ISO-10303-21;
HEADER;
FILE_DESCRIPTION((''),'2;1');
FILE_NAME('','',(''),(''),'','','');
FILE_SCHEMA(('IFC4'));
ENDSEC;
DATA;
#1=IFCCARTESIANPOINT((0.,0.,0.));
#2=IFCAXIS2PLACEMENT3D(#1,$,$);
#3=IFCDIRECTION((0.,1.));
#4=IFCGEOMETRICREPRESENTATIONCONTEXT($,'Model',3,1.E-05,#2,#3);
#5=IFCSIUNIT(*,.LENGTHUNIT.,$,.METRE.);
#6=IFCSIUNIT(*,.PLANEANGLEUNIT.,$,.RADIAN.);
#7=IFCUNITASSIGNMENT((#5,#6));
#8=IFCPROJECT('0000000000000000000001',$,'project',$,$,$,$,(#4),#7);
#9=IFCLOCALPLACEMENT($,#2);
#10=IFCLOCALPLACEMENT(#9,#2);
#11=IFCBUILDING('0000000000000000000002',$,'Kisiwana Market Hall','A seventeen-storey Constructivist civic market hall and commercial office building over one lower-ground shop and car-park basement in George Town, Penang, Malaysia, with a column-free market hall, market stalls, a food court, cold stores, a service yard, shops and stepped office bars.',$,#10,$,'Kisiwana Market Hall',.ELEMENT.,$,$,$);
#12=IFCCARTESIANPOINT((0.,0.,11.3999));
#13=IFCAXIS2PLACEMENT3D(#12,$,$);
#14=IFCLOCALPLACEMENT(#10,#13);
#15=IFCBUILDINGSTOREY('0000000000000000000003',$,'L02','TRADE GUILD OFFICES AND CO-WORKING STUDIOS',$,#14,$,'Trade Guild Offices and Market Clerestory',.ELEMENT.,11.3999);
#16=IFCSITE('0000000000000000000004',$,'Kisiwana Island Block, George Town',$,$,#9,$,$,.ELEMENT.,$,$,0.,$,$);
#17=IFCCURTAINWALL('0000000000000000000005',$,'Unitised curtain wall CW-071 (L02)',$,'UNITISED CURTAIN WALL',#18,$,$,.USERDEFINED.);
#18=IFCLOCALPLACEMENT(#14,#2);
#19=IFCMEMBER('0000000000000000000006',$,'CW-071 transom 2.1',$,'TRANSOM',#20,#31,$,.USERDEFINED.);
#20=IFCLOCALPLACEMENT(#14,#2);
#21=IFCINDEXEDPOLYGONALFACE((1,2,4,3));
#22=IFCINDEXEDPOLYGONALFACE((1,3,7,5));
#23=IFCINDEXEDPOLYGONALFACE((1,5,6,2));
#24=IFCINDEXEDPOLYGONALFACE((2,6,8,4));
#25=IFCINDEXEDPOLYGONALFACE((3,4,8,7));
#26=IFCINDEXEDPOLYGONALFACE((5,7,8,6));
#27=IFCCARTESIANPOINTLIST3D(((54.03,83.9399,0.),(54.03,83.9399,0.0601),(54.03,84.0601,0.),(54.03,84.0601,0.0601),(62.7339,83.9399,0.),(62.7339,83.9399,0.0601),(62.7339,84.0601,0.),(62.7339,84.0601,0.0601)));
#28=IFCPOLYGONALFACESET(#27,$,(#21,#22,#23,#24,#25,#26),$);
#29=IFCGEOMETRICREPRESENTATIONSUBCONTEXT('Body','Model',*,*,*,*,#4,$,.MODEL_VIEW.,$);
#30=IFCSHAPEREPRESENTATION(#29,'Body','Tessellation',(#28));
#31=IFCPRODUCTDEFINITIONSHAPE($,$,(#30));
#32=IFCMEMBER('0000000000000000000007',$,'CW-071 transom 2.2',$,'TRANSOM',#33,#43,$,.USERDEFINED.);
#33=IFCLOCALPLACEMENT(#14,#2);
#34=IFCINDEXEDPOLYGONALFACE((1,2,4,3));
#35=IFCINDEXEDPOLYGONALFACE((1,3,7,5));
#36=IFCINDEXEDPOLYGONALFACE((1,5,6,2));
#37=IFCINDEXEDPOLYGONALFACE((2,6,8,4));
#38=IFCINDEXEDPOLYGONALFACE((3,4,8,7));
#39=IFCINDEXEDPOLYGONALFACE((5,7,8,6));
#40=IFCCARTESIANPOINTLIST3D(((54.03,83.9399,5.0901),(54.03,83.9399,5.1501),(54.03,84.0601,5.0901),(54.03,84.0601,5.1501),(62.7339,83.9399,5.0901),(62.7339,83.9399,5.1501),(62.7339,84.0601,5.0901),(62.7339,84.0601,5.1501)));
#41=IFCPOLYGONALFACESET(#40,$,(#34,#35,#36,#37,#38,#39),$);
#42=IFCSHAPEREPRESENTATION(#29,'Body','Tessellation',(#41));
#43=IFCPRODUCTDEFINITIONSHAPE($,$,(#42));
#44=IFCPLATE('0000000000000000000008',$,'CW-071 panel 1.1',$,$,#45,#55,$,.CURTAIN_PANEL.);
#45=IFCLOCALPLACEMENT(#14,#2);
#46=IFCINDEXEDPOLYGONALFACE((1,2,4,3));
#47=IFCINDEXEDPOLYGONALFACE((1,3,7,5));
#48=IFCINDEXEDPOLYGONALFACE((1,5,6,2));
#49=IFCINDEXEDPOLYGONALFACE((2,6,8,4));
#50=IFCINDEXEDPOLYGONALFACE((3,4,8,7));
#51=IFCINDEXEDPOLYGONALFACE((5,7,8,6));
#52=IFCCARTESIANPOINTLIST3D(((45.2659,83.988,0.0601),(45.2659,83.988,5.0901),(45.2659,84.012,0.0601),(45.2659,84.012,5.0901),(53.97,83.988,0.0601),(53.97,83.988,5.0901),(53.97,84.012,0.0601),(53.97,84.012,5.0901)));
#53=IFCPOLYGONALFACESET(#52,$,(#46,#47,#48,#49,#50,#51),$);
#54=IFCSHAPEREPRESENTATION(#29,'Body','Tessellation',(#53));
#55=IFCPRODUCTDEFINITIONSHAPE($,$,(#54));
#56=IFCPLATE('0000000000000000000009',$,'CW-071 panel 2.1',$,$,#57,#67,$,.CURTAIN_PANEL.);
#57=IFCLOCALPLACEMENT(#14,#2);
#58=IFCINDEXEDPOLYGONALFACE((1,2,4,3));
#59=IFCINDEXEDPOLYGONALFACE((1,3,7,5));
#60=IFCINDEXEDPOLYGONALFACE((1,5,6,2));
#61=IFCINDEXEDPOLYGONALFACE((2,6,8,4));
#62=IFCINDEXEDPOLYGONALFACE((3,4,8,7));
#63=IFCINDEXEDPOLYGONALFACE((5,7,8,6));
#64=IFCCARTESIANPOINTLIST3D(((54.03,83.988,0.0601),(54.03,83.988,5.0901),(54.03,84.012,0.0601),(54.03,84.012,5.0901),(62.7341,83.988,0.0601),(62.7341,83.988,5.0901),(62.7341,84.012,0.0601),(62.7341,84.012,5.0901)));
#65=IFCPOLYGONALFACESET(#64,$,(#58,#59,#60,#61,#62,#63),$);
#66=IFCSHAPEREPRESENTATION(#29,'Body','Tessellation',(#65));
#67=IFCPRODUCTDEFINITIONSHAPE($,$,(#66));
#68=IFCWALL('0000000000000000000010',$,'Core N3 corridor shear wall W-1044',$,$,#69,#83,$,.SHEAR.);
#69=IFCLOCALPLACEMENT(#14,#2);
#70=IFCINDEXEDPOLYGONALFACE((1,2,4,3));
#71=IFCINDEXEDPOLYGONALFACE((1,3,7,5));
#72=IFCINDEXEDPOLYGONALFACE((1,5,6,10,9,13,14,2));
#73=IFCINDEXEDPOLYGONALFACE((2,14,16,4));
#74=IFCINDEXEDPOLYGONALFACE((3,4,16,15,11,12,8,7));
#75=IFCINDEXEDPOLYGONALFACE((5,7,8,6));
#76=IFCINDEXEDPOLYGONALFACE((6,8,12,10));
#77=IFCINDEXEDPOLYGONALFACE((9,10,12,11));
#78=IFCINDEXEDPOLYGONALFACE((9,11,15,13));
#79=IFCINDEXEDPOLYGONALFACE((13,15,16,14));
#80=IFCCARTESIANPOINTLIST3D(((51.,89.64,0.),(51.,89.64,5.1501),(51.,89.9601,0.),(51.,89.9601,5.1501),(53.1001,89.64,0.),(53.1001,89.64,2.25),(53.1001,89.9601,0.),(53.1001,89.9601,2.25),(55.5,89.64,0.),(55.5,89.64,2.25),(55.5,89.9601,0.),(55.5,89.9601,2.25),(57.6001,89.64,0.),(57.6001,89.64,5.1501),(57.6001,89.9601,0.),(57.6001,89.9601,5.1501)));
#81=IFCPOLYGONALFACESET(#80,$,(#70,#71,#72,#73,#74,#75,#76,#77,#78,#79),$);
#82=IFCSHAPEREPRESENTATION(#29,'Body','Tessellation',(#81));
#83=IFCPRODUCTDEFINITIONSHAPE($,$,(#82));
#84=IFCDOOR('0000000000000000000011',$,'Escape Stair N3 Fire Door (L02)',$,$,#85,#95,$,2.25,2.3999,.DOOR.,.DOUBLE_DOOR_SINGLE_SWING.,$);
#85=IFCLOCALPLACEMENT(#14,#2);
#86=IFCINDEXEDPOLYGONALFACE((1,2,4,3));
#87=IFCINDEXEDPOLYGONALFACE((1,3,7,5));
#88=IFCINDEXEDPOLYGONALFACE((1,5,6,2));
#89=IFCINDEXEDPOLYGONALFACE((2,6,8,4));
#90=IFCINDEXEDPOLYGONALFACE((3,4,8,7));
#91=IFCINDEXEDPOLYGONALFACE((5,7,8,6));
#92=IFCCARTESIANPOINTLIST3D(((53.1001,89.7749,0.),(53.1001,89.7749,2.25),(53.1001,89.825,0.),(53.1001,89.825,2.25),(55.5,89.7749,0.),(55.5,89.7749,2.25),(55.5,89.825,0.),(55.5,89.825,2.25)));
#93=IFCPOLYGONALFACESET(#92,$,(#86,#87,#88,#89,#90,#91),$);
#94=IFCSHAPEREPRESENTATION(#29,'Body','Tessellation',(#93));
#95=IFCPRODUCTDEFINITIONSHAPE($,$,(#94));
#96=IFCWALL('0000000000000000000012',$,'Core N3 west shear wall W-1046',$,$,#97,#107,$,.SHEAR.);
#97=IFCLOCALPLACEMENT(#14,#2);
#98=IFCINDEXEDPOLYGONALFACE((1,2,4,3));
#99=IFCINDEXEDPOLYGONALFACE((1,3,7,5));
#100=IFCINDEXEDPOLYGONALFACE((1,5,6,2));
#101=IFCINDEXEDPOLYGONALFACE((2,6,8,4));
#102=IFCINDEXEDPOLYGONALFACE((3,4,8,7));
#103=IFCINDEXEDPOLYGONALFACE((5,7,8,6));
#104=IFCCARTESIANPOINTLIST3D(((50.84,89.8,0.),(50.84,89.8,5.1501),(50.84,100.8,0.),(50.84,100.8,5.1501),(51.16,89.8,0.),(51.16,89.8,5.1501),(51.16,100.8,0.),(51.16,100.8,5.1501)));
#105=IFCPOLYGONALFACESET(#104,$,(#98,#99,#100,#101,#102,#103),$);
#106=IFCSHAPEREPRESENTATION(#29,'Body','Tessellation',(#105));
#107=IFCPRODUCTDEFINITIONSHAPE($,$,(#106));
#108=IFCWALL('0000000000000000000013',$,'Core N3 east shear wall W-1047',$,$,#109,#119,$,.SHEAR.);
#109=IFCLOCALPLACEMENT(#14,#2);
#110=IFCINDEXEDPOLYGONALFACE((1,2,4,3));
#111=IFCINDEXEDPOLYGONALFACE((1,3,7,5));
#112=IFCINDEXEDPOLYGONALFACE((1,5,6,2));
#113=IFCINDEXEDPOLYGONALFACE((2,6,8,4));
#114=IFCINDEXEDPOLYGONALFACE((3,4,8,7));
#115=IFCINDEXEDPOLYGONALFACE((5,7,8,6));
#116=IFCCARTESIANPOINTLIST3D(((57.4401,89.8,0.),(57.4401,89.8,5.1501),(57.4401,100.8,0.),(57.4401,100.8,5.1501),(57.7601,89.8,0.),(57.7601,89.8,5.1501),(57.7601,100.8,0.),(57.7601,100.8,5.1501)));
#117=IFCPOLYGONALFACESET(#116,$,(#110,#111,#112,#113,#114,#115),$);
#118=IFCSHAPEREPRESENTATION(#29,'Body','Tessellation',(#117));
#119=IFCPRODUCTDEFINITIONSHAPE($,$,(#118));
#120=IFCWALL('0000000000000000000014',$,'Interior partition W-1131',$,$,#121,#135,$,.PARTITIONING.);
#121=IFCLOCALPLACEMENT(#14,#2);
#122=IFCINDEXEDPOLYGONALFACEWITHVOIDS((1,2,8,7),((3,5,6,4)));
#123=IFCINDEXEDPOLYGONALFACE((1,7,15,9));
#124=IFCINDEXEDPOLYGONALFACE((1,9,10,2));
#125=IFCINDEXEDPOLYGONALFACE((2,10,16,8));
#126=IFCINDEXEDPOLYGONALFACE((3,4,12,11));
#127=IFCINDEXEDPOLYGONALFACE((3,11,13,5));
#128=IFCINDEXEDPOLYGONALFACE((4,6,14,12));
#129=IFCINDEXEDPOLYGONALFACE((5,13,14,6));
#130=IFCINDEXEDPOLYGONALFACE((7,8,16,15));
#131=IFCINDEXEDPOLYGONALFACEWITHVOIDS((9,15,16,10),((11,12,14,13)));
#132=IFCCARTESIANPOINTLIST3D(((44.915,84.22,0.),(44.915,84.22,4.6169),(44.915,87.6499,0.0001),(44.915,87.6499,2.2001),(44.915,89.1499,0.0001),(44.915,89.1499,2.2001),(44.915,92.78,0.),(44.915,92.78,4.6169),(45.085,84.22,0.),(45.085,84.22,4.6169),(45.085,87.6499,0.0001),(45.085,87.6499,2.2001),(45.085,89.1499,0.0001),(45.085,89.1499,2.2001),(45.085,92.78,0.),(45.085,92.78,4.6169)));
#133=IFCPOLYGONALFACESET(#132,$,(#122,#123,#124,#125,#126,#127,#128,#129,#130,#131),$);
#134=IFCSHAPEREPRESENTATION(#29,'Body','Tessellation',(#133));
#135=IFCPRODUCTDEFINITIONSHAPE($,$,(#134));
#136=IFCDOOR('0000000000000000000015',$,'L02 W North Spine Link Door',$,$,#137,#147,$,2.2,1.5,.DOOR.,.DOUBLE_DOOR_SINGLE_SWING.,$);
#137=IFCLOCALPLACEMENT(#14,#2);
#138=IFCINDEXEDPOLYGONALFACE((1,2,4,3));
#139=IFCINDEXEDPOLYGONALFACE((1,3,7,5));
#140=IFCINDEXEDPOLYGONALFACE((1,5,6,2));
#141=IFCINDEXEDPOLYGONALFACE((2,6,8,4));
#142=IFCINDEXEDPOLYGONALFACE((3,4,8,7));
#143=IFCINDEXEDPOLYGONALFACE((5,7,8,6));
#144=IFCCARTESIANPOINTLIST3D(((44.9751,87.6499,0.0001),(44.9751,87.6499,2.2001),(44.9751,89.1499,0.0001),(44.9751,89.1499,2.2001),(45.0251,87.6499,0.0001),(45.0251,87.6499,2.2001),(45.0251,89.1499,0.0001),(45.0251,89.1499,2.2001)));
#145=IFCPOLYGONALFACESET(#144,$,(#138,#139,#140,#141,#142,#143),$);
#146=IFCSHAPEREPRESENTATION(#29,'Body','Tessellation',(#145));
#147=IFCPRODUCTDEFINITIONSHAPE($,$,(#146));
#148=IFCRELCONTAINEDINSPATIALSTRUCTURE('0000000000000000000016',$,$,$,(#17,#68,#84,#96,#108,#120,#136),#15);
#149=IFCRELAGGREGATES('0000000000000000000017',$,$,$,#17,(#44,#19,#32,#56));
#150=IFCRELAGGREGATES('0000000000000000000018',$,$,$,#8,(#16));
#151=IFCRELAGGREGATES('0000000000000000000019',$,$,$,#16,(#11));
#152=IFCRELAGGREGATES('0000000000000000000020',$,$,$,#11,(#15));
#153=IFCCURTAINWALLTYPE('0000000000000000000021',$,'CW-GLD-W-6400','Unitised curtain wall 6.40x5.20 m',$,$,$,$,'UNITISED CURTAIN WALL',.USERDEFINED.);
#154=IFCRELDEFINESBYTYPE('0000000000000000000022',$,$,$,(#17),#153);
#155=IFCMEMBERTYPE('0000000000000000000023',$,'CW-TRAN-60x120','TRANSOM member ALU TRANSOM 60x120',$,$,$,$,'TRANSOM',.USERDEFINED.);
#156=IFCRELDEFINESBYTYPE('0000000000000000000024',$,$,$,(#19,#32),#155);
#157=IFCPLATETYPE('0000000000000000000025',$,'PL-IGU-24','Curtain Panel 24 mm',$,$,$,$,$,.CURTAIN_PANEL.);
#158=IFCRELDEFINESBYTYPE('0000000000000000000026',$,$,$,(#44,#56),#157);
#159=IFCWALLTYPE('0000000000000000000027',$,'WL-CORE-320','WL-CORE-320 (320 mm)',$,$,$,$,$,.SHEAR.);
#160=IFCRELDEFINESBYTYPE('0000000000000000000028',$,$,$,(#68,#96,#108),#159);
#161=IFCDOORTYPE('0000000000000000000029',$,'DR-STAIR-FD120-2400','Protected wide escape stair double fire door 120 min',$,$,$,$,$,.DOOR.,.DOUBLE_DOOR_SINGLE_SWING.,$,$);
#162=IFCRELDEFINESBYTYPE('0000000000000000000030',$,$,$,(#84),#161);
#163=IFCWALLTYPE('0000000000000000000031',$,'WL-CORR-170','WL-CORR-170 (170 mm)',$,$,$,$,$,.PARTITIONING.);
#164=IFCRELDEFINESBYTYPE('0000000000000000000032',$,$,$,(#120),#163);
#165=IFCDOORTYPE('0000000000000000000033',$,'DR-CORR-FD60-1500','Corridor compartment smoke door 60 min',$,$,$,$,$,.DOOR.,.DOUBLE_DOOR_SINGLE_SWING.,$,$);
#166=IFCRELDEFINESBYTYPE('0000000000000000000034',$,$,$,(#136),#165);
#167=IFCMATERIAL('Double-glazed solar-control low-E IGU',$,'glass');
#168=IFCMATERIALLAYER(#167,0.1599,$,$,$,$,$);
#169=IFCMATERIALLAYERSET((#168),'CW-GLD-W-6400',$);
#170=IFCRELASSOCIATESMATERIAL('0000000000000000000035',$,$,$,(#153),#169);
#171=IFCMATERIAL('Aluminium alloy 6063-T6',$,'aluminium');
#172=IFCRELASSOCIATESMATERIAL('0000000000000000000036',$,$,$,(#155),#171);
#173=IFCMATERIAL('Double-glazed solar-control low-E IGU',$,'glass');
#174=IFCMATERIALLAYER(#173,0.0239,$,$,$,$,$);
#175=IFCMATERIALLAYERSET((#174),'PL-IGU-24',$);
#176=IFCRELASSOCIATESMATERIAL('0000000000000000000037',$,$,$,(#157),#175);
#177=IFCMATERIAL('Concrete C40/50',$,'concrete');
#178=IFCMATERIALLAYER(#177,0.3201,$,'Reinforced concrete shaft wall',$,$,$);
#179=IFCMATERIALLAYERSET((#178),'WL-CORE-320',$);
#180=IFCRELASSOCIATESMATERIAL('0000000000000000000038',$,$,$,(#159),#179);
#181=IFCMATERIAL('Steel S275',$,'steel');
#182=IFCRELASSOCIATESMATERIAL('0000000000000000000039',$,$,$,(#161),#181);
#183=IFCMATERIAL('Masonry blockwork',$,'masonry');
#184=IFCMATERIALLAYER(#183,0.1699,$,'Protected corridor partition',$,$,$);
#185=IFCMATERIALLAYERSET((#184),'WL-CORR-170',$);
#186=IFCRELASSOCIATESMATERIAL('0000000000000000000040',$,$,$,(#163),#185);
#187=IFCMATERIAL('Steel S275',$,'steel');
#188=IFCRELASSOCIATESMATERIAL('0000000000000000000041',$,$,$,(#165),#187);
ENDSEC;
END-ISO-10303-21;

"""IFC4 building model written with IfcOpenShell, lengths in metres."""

from ifc_helpers import new_model, si_unit, direction, frame, frame_2d, origin, origin_2d, place, context, subcontext, project, spatial, rectangle, extrude, material, layer, layer_set, material_profile, profile_set, type_object, element, fill, aggregate, save


model = new_model("IFC4")

# Units and contexts
model_context = context("Model", 3, precision=1e-05, world=origin(), true_north=direction((0.0, 1.0)))
body_context = subcontext(model_context, "Body", "Model", "MODEL_VIEW")
ifc_project = project(units=[si_unit("LENGTHUNIT", "METRE"), si_unit("PLANEANGLEUNIT", "RADIAN")], contexts=[model_context])

# Site, building, storey
site_placement = place(None, origin())
site = spatial("IfcSite", under=ifc_project, at=site_placement, Name="Kisiwana Island Block, George Town", CompositionType="ELEMENT", RefElevation=0.0)
building_placement = place(site_placement, origin())
building = spatial("IfcBuilding", under=site, at=building_placement, Name="Kisiwana Market Hall", Description="A seventeen-storey Constructivist civic market hall and commercial office building over one lower-ground shop and car-park basement in George Town, Penang, Malaysia, with a column-free market hall, market stalls, a food court, cold stores, a service yard, shops and stepped office bars.", LongName="Kisiwana Market Hall", CompositionType="ELEMENT")
storey_placement = place(building_placement, frame((0.0, 0.0, 11.3999)))
storey = spatial("IfcBuildingStorey", under=building, at=storey_placement, Name="L02", Description="TRADE GUILD OFFICES AND CO-WORKING STUDIOS", LongName="Trade Guild Offices and Market Clerestory", CompositionType="ELEMENT", Elevation=11.3999)

# Curtain wall, members, plates
ifc_material_1 = material(Name="Double-glazed solar-control low-E IGU", Category="glass")
ifc_layer_1 = layer(ifc_material_1, 0.1599)
ifc_layer_set_1 = layer_set([ifc_layer_1], Name="CW-GLD-W-6400")
curtain_wall_type = type_object("IfcCurtainWallType", Name="CW-GLD-W-6400", Description="Unitised curtain wall 6.40x5.20 m", ElementType="UNITISED CURTAIN WALL", PredefinedType="USERDEFINED", material=ifc_layer_set_1)
curtain_wall_placement = place(storey_placement, origin())
curtain_wall = element("IfcCurtainWall", 1, at=curtain_wall_placement, inside=storey, type_object=curtain_wall_type, Name="Unitised curtain wall CW-071 (L02)", ObjectType="UNITISED CURTAIN WALL", PredefinedType="USERDEFINED")
ifc_material_2 = material(Name="Aluminium alloy 6063-T6", Category="aluminium")
ifc_material_profile_1 = material_profile(ifc_material_2, rectangle(XDim=0.1201, YDim=0.0601, at=origin_2d()), Name="ALU TRANSOM 60x120")
ifc_profile_set_1 = profile_set([ifc_material_profile_1], Name="Aluminium alloy 6063-T6")
member_type_1 = type_object("IfcMemberType", Name="CW-TRAN-60x120", Description="TRANSOM member ALU TRANSOM 60x120", ElementType="TRANSOM", PredefinedType="USERDEFINED", material=ifc_profile_set_1)
member_1_placement = place(storey_placement, frame((54.03, 84.0, 0.03), z_axis=(1.0, 0.0, 0.0), x_axis=(0.0, 1.0, 0.0)))
member_1 = element("IfcMember", 2, at=member_1_placement, type_object=member_type_1, Name="CW-071 transom 2.1", ObjectType="TRANSOM", PredefinedType="USERDEFINED", context=body_context, shape_type="SweptSolid", body=[
    extrude(rectangle(XDim=0.1201, YDim=0.0601, at=origin_2d()), origin(), (0.0, 0.0, 1.0), 8.7039),
])
member_2_placement = place(storey_placement, frame((54.03, 84.0, 5.1201), z_axis=(1.0, 0.0, 0.0), x_axis=(0.0, 1.0, 0.0)))
member_2 = element("IfcMember", 3, at=member_2_placement, type_object=member_type_1, Name="CW-071 transom 2.2", ObjectType="TRANSOM", PredefinedType="USERDEFINED", context=body_context, shape_type="SweptSolid", body=[
    extrude(rectangle(XDim=0.1201, YDim=0.0601, at=origin_2d()), origin(), (0.0, 0.0, 1.0), 8.7039),
])
ifc_material_3 = material(Name="Double-glazed solar-control low-E IGU", Category="glass")
ifc_layer_2 = layer(ifc_material_3, 0.0239)
ifc_layer_set_2 = layer_set([ifc_layer_2], Name="PL-IGU-24")
plate_type = type_object("IfcPlateType", Name="PL-IGU-24", Description="Curtain Panel 24 mm", PredefinedType="CURTAIN_PANEL", material=ifc_layer_set_2)
plate_1_placement = place(storey_placement, frame((49.6179, 84.0, 0.0601), z_axis=(0.0, 0.0, 1.0), x_axis=(1.0, 0.0, 0.0)))
plate_1 = element("IfcPlate", 4, at=plate_1_placement, type_object=plate_type, Name="CW-071 panel 1.1", PredefinedType="CURTAIN_PANEL", context=body_context, shape_type="SweptSolid", body=[
    extrude(rectangle(XDim=8.7041, YDim=0.0239, at=origin_2d()), origin(), (0.0, 0.0, 1.0), 5.03),
])
plate_2_placement = place(storey_placement, frame((58.3821, 84.0, 0.0601), z_axis=(0.0, 0.0, 1.0), x_axis=(1.0, 0.0, 0.0)))
plate_2 = element("IfcPlate", 5, at=plate_2_placement, type_object=plate_type, Name="CW-071 panel 2.1", PredefinedType="CURTAIN_PANEL", context=body_context, shape_type="SweptSolid", body=[
    extrude(rectangle(XDim=8.7041, YDim=0.0239, at=origin_2d()), origin(), (0.0, 0.0, 1.0), 5.03),
])
aggregate(curtain_wall, [plate_1, member_1, member_2, plate_2])

# Wall, opening, door
ifc_material_4 = material(Name="Concrete C40/50", Category="concrete")
ifc_layer_3 = layer(ifc_material_4, 0.3201, Name="Reinforced concrete shaft wall")
ifc_layer_set_3 = layer_set([ifc_layer_3], Name="WL-CORE-320")
wall_type_1 = type_object("IfcWallType", Name="WL-CORE-320", Description="WL-CORE-320 (320 mm)", PredefinedType="SHEAR", material=ifc_layer_set_3)
wall_1_placement = place(storey_placement, frame((51.0, 89.8, 0.0), z_axis=(0.0, 0.0, 1.0), x_axis=(1.0, 0.0, 0.0)))
wall_1 = element("IfcWall", 6, at=wall_1_placement, inside=storey, type_object=wall_type_1, Name="Core N3 corridor shear wall W-1044", PredefinedType="SHEAR", context=body_context, shape_type="SweptSolid", body=[
    extrude(rectangle(XDim=6.6001, YDim=0.3201, at=frame_2d((3.3, 0.0))), origin(), (0.0, 0.0, 1.0), 5.1501),
])
opening_1_placement = place(wall_1_placement, frame((2.1001, 0.0, 0.0)))
opening_1 = element("IfcOpeningElement", 7, at=opening_1_placement, cuts=wall_1, PredefinedType="OPENING", context=body_context, shape_type="SweptSolid", body=[
    extrude(rectangle(XDim=2.3999, YDim=2.25, at=frame_2d((1.2, 1.125))), frame((0.0, 0.1719, 0.0), z_axis=(0.0, -1.0, 0.0), x_axis=(1.0, 0.0, 0.0)), (0.0, 0.0, 1.0), 0.344),
])
ifc_material_5 = material(Name="Steel S275", Category="steel")
door_type_1 = type_object("IfcDoorType", Name="DR-STAIR-FD120-2400", Description="Protected wide escape stair double fire door 120 min", OperationType="DOUBLE_DOOR_SINGLE_SWING", PredefinedType="DOOR", material=ifc_material_5)
door_1_placement = place(opening_1_placement, origin())
door_1 = element("IfcDoor", 8, at=door_1_placement, inside=storey, type_object=door_type_1, Name="Escape Stair N3 Fire Door (L02)", OperationType="DOUBLE_DOOR_SINGLE_SWING", OverallHeight=2.25, OverallWidth=2.3999, PredefinedType="DOOR", context=body_context, shape_type="SweptSolid", body=[
    extrude(rectangle(XDim=2.3999, YDim=2.25, at=frame_2d((1.2, 1.125))), frame((0.0, 0.0249, 0.0), z_axis=(0.0, -1.0, 0.0), x_axis=(1.0, 0.0, 0.0)), (0.0, 0.0, 1.0), 0.05),
])
fill(opening_1, door_1)

# Walls
for number, where, z_axis, x_axis, name in (
    (9, (51.0, 89.8, 0.0), (0.0, 0.0, 1.0), (0.0, 1.0, 0.0), "Core N3 west shear wall W-1046"),
    (10, (57.6001, 89.8, 0.0), (0.0, 0.0, 1.0), (0.0, 1.0, 0.0), "Core N3 east shear wall W-1047"),
):
    element("IfcWall", number, at=place(storey_placement, frame(where, z_axis=z_axis, x_axis=x_axis)), inside=storey, type_object=wall_type_1, Name=name, PredefinedType="SHEAR", context=body_context, shape_type="SweptSolid", body=[
        extrude(rectangle(XDim=11.0, YDim=0.3201, at=frame_2d((5.5, 0.0))), origin(), (0.0, 0.0, 1.0), 5.1501),
    ])

# Wall, opening, door
ifc_material_6 = material(Name="Masonry blockwork", Category="masonry")
ifc_layer_4 = layer(ifc_material_6, 0.1699, Name="Protected corridor partition")
ifc_layer_set_4 = layer_set([ifc_layer_4], Name="WL-CORR-170")
wall_type_2 = type_object("IfcWallType", Name="WL-CORR-170", Description="WL-CORR-170 (170 mm)", PredefinedType="PARTITIONING", material=ifc_layer_set_4)
wall_2_placement = place(storey_placement, frame((45.0, 84.22, 0.0), z_axis=(0.0, 0.0, 1.0), x_axis=(0.0, 1.0, 0.0)))
wall_2 = element("IfcWall", 11, at=wall_2_placement, inside=storey, type_object=wall_type_2, Name="Interior partition W-1131", PredefinedType="PARTITIONING", context=body_context, shape_type="SweptSolid", body=[
    extrude(rectangle(XDim=8.5601, YDim=0.1699, at=frame_2d((4.28, 0.0))), origin(), (0.0, 0.0, 1.0), 4.6169),
])
opening_2_placement = place(wall_2_placement, frame((3.4299, 0.0, 0.0)))
opening_2 = element("IfcOpeningElement", 12, at=opening_2_placement, cuts=wall_2, PredefinedType="OPENING", context=body_context, shape_type="SweptSolid", body=[
    extrude(rectangle(XDim=1.5, YDim=2.2, at=frame_2d((0.75, 1.1001))), frame((0.0, 0.0969, 0.0), z_axis=(0.0, -1.0, 0.0), x_axis=(1.0, 0.0, 0.0)), (0.0, 0.0, 1.0), 0.1938),
])
ifc_material_7 = material(Name="Steel S275", Category="steel")
door_type_2 = type_object("IfcDoorType", Name="DR-CORR-FD60-1500", Description="Corridor compartment smoke door 60 min", OperationType="DOUBLE_DOOR_SINGLE_SWING", PredefinedType="DOOR", material=ifc_material_7)
door_2_placement = place(opening_2_placement, origin())
door_2 = element("IfcDoor", 13, at=door_2_placement, inside=storey, type_object=door_type_2, Name="L02 W North Spine Link Door", OperationType="DOUBLE_DOOR_SINGLE_SWING", OverallHeight=2.2, OverallWidth=1.5, PredefinedType="DOOR", context=body_context, shape_type="SweptSolid", body=[
    extrude(rectangle(XDim=1.5, YDim=2.2, at=frame_2d((0.75, 1.1001))), frame((0.0, 0.0249, 0.0), z_axis=(0.0, -1.0, 0.0), x_axis=(1.0, 0.0, 0.0)), (0.0, 0.0, 1.0), 0.05),
])
fill(opening_2, door_2)

save(model, "model.ifc")
